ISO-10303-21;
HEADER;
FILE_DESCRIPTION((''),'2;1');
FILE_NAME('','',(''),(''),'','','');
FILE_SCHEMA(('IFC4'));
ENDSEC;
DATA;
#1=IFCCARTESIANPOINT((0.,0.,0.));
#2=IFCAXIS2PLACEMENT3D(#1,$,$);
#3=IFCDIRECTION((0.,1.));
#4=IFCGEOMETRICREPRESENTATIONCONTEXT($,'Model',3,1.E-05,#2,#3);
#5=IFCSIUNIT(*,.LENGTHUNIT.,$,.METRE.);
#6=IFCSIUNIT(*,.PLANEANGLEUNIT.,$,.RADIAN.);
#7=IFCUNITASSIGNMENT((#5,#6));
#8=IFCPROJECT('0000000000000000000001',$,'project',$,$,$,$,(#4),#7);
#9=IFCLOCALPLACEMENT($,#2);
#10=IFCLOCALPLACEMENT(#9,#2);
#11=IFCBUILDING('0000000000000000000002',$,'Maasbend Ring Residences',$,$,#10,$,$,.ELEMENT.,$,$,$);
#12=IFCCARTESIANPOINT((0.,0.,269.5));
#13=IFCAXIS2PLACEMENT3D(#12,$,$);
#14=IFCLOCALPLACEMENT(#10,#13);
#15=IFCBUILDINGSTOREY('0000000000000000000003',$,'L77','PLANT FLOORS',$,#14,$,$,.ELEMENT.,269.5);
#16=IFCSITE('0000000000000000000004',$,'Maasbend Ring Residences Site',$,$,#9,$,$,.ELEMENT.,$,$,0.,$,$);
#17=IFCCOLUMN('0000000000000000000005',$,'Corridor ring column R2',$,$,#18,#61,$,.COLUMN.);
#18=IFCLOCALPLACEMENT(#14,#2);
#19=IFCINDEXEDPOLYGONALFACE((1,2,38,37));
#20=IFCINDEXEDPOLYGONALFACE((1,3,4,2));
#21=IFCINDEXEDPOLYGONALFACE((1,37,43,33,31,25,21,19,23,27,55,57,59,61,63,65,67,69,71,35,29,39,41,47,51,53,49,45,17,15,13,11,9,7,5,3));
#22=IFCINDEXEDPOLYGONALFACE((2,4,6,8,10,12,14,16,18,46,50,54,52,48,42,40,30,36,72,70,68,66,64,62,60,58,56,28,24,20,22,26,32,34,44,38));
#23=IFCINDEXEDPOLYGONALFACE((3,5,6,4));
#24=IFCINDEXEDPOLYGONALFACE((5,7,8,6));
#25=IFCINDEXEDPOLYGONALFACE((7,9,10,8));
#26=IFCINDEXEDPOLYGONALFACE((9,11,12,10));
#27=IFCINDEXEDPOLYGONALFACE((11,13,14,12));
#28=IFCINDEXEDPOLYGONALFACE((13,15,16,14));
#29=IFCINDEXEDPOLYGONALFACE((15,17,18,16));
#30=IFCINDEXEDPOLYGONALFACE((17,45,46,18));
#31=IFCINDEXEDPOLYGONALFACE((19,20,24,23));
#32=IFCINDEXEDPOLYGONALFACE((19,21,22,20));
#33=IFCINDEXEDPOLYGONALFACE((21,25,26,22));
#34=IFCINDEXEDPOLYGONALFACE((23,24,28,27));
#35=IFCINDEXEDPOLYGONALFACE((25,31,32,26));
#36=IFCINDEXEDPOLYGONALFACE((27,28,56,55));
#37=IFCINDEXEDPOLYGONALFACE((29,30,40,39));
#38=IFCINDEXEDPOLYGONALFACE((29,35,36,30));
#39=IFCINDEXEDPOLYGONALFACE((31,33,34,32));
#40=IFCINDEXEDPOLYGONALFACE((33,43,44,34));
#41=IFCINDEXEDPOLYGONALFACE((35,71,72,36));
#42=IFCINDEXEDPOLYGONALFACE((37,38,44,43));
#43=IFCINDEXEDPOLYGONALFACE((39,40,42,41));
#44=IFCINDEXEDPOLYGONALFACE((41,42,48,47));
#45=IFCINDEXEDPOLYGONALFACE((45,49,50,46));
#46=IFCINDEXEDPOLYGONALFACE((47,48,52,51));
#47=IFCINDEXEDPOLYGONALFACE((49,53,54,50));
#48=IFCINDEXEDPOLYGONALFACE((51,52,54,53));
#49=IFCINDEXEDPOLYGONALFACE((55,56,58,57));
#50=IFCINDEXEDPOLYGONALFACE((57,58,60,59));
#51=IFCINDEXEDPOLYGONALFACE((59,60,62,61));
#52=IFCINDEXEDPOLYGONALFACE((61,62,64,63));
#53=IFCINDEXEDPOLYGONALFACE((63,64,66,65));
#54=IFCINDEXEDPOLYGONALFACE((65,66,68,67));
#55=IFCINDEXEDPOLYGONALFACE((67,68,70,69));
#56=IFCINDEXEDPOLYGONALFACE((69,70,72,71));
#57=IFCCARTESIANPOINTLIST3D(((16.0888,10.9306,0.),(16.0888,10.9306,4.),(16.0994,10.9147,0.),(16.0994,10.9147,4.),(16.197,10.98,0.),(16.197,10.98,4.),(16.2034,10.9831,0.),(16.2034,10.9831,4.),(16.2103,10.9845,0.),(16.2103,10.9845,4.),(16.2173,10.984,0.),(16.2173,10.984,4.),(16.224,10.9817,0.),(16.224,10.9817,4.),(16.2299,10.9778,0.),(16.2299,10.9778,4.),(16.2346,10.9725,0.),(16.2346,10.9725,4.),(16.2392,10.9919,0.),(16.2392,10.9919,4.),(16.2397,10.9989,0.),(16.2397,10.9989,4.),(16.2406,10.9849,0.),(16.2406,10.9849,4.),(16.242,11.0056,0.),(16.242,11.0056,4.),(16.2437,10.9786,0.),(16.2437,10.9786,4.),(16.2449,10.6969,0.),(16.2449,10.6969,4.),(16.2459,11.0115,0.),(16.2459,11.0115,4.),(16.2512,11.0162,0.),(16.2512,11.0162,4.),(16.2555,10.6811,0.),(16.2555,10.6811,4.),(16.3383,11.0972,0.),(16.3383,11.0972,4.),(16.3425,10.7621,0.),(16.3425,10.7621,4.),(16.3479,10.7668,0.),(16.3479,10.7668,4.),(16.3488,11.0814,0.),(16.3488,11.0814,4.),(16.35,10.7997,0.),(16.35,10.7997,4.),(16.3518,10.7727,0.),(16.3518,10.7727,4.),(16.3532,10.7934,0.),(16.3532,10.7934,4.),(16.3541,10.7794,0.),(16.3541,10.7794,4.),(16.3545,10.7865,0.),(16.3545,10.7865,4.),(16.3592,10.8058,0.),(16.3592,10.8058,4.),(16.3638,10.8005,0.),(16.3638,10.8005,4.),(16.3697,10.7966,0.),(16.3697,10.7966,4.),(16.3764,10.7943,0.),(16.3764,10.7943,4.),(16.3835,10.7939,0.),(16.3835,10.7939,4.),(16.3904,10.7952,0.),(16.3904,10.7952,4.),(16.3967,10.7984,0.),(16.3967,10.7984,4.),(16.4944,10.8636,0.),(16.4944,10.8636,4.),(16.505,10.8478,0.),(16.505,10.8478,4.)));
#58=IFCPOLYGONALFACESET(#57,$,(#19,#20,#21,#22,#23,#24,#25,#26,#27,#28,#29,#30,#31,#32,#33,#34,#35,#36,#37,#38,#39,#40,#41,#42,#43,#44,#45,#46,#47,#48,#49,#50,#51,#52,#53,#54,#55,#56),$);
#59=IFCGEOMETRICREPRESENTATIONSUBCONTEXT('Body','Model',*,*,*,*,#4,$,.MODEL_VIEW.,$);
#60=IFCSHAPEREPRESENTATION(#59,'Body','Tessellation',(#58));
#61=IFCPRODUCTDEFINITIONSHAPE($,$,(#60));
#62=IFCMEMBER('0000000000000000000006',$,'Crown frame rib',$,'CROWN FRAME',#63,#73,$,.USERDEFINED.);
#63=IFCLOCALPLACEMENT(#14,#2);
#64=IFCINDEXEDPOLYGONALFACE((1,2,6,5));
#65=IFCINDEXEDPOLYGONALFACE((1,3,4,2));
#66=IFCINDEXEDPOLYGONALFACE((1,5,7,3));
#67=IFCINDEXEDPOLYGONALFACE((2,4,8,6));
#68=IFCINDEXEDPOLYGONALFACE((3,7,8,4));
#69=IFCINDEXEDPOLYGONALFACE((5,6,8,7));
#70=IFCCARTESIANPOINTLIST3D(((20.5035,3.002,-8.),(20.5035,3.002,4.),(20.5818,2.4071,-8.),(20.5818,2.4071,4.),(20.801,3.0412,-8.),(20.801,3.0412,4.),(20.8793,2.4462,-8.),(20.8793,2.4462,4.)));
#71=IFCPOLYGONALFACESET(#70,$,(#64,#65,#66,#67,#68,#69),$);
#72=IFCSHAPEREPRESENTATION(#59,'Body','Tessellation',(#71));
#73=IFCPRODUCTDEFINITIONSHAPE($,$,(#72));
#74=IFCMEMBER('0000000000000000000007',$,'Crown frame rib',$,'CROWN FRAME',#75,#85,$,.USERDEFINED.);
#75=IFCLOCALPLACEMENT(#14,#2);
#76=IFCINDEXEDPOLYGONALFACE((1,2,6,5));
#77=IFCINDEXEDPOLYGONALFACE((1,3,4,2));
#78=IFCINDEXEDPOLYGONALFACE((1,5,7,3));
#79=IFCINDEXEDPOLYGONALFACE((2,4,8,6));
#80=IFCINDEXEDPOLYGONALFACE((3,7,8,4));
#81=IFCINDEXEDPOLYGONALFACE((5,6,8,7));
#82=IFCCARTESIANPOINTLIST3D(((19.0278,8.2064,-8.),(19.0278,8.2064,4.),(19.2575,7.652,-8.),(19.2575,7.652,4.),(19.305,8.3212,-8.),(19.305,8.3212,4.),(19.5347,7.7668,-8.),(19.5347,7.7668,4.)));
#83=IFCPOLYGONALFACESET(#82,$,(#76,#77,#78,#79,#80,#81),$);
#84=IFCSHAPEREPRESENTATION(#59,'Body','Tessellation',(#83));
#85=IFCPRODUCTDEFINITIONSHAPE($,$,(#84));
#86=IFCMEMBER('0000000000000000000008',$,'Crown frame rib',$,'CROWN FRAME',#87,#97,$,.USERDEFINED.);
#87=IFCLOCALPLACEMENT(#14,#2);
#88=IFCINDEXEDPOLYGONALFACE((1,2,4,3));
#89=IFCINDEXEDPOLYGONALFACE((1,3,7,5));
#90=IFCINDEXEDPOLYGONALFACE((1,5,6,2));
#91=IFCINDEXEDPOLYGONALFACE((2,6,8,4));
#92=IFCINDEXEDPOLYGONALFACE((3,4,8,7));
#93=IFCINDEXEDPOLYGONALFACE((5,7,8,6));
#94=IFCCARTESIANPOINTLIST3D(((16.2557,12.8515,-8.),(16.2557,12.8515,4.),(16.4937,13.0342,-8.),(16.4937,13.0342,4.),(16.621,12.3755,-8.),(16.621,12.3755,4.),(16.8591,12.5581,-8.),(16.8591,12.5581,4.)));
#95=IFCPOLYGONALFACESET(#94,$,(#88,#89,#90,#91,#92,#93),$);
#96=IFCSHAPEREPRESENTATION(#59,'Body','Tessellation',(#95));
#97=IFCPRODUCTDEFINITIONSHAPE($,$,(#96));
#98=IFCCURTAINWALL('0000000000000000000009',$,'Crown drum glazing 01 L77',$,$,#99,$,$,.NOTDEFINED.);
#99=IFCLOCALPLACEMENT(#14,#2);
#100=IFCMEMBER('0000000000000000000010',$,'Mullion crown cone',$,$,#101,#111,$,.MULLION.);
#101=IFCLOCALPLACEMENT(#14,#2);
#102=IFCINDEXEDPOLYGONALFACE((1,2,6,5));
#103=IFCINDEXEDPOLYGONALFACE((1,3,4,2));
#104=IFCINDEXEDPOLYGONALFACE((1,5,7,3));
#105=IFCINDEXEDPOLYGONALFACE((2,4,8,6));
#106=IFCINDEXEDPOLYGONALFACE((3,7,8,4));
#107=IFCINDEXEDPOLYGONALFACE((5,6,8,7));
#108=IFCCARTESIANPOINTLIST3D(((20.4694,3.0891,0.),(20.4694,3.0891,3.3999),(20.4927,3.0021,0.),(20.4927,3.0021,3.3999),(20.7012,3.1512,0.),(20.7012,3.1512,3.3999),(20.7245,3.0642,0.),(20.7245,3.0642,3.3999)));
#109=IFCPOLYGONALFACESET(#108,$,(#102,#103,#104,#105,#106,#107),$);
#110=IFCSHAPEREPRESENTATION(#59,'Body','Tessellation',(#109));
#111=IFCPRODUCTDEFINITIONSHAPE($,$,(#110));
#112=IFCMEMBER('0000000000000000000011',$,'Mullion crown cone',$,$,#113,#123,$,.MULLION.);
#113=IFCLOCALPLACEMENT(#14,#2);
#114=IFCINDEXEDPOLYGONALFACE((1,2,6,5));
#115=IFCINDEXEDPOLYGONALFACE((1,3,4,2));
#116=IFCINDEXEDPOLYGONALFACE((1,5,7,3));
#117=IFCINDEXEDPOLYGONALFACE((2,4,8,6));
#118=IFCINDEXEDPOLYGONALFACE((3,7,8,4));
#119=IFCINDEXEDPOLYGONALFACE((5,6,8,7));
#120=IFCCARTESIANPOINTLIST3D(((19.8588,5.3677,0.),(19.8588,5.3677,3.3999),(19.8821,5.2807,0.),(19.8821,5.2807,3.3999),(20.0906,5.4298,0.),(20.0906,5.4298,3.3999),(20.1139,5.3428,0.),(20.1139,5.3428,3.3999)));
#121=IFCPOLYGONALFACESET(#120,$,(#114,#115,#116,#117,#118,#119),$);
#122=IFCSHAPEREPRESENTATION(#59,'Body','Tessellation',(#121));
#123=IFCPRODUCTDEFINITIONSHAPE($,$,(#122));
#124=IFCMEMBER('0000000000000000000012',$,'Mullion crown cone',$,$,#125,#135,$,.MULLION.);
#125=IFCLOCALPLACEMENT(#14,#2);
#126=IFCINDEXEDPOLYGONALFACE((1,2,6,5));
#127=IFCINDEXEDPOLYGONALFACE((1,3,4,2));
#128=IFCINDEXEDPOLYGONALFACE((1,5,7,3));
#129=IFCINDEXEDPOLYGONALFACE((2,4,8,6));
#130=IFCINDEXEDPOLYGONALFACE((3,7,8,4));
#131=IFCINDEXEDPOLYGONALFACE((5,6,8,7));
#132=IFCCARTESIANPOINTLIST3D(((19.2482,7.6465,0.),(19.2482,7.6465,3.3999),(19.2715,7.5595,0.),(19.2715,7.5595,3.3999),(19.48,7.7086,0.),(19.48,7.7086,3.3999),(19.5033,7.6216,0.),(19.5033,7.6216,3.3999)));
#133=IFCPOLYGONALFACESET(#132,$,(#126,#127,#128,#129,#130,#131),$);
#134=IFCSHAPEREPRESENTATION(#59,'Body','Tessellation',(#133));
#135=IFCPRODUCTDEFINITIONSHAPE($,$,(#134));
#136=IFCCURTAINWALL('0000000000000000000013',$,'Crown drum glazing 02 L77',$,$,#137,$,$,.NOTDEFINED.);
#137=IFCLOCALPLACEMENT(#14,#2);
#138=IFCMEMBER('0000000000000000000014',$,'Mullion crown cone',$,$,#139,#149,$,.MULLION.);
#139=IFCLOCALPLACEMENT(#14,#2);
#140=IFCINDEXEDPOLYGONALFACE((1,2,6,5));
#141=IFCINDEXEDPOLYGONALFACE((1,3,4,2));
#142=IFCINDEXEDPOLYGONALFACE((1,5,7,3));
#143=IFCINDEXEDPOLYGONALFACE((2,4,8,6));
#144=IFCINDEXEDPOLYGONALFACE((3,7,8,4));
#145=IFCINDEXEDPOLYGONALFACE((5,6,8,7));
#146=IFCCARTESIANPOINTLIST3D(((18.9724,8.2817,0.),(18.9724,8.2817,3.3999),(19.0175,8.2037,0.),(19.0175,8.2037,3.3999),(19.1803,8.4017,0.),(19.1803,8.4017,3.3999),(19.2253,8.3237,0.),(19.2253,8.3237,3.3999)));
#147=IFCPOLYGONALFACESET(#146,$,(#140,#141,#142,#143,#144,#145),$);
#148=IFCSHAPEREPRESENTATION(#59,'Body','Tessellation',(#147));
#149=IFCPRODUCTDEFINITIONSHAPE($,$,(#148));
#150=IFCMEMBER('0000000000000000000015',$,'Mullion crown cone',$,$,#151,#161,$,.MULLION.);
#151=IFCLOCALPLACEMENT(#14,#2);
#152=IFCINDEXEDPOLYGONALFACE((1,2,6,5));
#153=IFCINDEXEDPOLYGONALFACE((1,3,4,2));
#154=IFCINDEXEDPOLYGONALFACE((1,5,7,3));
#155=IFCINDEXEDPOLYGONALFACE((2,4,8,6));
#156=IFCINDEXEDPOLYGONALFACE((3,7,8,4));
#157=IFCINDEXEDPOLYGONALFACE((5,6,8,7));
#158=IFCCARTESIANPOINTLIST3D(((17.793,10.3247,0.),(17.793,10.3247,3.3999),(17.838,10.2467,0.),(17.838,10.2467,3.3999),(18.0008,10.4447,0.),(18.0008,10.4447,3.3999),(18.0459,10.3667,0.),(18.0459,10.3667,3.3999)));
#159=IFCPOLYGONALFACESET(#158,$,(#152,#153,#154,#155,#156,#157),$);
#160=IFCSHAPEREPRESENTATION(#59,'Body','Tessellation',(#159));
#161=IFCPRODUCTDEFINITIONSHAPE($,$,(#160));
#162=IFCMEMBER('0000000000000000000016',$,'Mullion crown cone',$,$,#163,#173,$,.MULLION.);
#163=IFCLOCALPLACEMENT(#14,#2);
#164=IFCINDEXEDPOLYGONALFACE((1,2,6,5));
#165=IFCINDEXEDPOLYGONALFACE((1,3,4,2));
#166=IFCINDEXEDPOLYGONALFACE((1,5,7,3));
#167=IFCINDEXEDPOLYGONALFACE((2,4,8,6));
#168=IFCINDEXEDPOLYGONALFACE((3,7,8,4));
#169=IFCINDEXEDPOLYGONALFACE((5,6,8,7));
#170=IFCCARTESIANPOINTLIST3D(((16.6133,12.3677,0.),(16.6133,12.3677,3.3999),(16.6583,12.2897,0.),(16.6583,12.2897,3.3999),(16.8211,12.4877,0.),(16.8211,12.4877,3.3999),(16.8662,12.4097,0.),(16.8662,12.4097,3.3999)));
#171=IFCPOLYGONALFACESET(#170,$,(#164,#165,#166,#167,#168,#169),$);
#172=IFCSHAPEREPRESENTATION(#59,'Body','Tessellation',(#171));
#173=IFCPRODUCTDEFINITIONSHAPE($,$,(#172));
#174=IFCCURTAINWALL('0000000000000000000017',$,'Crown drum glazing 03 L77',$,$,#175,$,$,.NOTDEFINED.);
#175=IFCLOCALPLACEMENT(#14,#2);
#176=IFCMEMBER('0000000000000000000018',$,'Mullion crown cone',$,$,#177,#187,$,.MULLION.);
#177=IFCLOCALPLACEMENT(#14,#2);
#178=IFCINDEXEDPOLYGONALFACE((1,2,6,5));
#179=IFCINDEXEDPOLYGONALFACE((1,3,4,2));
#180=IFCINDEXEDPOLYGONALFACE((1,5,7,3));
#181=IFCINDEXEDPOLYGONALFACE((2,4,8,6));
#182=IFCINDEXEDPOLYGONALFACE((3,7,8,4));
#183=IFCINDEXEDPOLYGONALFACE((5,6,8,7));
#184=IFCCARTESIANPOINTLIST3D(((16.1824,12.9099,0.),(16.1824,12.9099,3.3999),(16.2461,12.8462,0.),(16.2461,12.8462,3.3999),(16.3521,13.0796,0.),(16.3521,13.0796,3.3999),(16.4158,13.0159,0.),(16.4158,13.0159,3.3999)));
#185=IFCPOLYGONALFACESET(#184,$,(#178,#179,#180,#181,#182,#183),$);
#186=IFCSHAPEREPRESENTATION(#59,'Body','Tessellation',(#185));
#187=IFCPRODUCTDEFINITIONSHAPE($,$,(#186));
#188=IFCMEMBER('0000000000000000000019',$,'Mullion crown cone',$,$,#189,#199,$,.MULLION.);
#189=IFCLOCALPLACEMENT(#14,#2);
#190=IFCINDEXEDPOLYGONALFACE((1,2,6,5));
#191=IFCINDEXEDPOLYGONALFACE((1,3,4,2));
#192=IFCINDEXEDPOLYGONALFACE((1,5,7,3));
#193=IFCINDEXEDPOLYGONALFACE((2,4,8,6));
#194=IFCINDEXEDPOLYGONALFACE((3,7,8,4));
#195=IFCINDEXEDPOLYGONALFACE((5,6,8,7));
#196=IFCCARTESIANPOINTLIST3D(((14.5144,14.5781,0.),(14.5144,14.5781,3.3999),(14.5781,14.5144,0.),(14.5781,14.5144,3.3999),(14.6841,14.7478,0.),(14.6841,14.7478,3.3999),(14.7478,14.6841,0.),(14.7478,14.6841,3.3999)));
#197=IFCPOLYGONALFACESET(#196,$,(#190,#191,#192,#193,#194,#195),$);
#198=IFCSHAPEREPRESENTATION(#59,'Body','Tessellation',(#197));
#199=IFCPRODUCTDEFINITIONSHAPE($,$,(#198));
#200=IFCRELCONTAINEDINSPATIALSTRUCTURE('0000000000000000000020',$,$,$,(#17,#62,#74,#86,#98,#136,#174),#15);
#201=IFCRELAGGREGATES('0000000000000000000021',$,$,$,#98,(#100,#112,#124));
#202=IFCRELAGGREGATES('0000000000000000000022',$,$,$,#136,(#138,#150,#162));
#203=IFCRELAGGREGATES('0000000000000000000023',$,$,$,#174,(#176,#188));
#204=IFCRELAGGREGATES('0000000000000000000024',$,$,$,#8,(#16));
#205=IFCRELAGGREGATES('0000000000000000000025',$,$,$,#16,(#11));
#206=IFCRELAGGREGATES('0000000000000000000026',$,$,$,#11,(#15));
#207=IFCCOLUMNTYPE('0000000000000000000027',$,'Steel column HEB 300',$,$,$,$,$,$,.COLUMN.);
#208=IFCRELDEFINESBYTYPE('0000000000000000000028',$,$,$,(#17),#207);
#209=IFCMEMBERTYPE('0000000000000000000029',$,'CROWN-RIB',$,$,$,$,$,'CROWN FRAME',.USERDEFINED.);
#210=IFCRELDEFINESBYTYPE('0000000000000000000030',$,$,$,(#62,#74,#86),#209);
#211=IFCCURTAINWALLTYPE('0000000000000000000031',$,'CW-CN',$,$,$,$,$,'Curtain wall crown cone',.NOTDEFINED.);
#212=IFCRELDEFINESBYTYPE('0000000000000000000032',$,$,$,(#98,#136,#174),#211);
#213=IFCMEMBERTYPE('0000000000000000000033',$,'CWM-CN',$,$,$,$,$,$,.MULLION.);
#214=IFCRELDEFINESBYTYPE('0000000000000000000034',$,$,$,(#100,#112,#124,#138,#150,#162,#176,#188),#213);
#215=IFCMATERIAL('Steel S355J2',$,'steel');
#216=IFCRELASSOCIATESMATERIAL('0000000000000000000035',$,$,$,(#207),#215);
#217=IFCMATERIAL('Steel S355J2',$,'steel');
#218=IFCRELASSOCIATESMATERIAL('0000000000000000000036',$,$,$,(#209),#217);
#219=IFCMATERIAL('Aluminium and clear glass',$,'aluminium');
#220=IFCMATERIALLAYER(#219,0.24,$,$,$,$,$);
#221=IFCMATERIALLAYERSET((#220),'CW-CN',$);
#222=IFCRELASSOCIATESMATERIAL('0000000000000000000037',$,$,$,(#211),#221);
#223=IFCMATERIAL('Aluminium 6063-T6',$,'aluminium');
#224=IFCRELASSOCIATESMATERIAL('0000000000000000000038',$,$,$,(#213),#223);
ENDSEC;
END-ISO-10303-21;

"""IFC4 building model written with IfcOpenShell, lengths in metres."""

from ifc_helpers import new_model, si_unit, direction, frame, origin, origin_2d, place, context, subcontext, project, spatial, rectangle, i_section, extrude, material, layer, layer_set, material_profile, profile_set, type_object, element, aggregate, save


model = new_model("IFC4")

# Units and contexts
model_context = context("Model", 3, precision=1e-05, world=origin(), true_north=direction((0.0, 1.0)))
body_context = subcontext(model_context, "Body", "Model", "MODEL_VIEW")
ifc_project = project(units=[si_unit("LENGTHUNIT", "METRE"), si_unit("PLANEANGLEUNIT", "RADIAN")], contexts=[model_context])

# Site, building, storey
site_placement = place(None, origin())
site = spatial("IfcSite", under=ifc_project, at=site_placement, Name="Maasbend Ring Residences Site", CompositionType="ELEMENT", RefElevation=0.0)
building_placement = place(site_placement, origin())
building = spatial("IfcBuilding", under=site, at=building_placement, Name="Maasbend Ring Residences", CompositionType="ELEMENT")
storey_placement = place(building_placement, frame((0.0, 0.0, 269.5)))
storey = spatial("IfcBuildingStorey", under=building, at=storey_placement, Name="L77", Description="PLANT FLOORS", CompositionType="ELEMENT", Elevation=269.5)

# Column
ifc_material_1 = material(Name="Steel S355J2", Category="steel")
ifc_material_profile_1 = material_profile(ifc_material_1, i_section(OverallWidth=0.3, OverallDepth=0.3, WebThickness=0.011, FlangeThickness=0.019, FilletRadius=0.0271, at=origin_2d()), Name="HEB 300")
ifc_profile_set_1 = profile_set([ifc_material_profile_1], Name="Steel S355J2")
column_type = type_object("IfcColumnType", Name="Steel column HEB 300", PredefinedType="COLUMN", material=ifc_profile_set_1)
column_placement = place(storey_placement, frame((16.2969, 10.8892, 0.0), z_axis=(0.0, 0.0, 1.0), x_axis=(0.83147, 0.55557, 0.0)))
element("IfcColumn", 1, at=column_placement, inside=storey, type_object=column_type, Name="Corridor ring column R2", PredefinedType="COLUMN", context=body_context, shape_type="SweptSolid", body=[
    extrude(i_section(OverallWidth=0.3, OverallDepth=0.3, WebThickness=0.011, FlangeThickness=0.019, FilletRadius=0.0271, at=origin_2d()), origin(), (0.0, 0.0, 1.0), 4.0),
])

# Members
ifc_material_2 = material(Name="Steel S355J2", Category="steel")
ifc_material_profile_2 = material_profile(ifc_material_2, rectangle(XDim=0.3, YDim=0.6001, at=origin_2d()), Name="Box 300x600x12")
ifc_profile_set_2 = profile_set([ifc_material_profile_2], Name="Steel S355J2")
member_type_1 = type_object("IfcMemberType", Name="CROWN-RIB", ElementType="CROWN FRAME", PredefinedType="USERDEFINED", material=ifc_profile_set_2)
for number, where, z_axis, x_axis, name in (
    (2, (20.6914, 2.7241, -8.0), (0.0, 0.0, 1.0), (0.991445, 0.130526, 0.0), "Crown frame rib"),
    (3, (19.2812, 7.9866, -8.0), (0.0, 0.0, 1.0), (0.92388, 0.382683, 0.0), "Crown frame rib"),
    (4, (16.5574, 12.7048, -8.0), (0.0, 0.0, 1.0), (0.793353, 0.608761, 0.0), "Crown frame rib"),
):
    element("IfcMember", number, at=place(storey_placement, frame(where, z_axis=z_axis, x_axis=x_axis)), inside=storey, type_object=member_type_1, Name=name, ObjectType="CROWN FRAME", PredefinedType="USERDEFINED", context=body_context, shape_type="SweptSolid", body=[
        extrude(rectangle(XDim=0.3, YDim=0.6001, at=origin_2d()), origin(), (0.0, 0.0, 1.0), 12.0),
    ])

# Curtain walls, members
ifc_material_3 = material(Name="Aluminium and clear glass", Category="aluminium")
ifc_layer_1 = layer(ifc_material_3, 0.24)
ifc_layer_set_1 = layer_set([ifc_layer_1], Name="CW-CN")
curtain_wall_type = type_object("IfcCurtainWallType", Name="CW-CN", ElementType="Curtain wall crown cone", PredefinedType="NOTDEFINED", material=ifc_layer_set_1)
curtain_wall_1_placement = place(storey_placement, origin())
curtain_wall_1 = element("IfcCurtainWall", 5, at=curtain_wall_1_placement, inside=storey, type_object=curtain_wall_type, Name="Crown drum glazing 01 L77", PredefinedType="NOTDEFINED")
ifc_material_4 = material(Name="Aluminium 6063-T6", Category="aluminium")
ifc_material_profile_3 = material_profile(ifc_material_4, rectangle(XDim=0.24, YDim=0.0901, at=origin_2d()), Name="AL 240x90")
ifc_profile_set_3 = profile_set([ifc_material_profile_3], Name="Aluminium 6063-T6")
member_type_2 = type_object("IfcMemberType", Name="CWM-CN", PredefinedType="MULLION", material=ifc_profile_set_3)
member_1_placement = place(storey_placement, frame((20.5969, 3.0767, 0.0), z_axis=(0.0, 0.0, 1.0), x_axis=(-0.965926, -0.258819, 0.0)))
member_1 = element("IfcMember", 6, at=member_1_placement, type_object=member_type_2, Name="Mullion crown cone", PredefinedType="MULLION", context=body_context, shape_type="SweptSolid", body=[
    extrude(rectangle(XDim=0.24, YDim=0.0901, at=origin_2d()), origin(), (0.0, 0.0, 1.0), 3.3999),
])
member_2_placement = place(storey_placement, frame((19.9863, 5.3552, 0.0), z_axis=(0.0, 0.0, 1.0), x_axis=(-0.965926, -0.258819, 0.0)))
member_2 = element("IfcMember", 7, at=member_2_placement, type_object=member_type_2, Name="Mullion crown cone", PredefinedType="MULLION", context=body_context, shape_type="SweptSolid", body=[
    extrude(rectangle(XDim=0.24, YDim=0.0901, at=origin_2d()), origin(), (0.0, 0.0, 1.0), 3.3999),
])
member_3_placement = place(storey_placement, frame((19.3757, 7.634, 0.0), z_axis=(0.0, 0.0, 1.0), x_axis=(-0.965926, -0.258819, 0.0)))
member_3 = element("IfcMember", 8, at=member_3_placement, type_object=member_type_2, Name="Mullion crown cone", PredefinedType="MULLION", context=body_context, shape_type="SweptSolid", body=[
    extrude(rectangle(XDim=0.24, YDim=0.0901, at=origin_2d()), origin(), (0.0, 0.0, 1.0), 3.3999),
])
curtain_wall_2_placement = place(storey_placement, origin())
curtain_wall_2 = element("IfcCurtainWall", 9, at=curtain_wall_2_placement, inside=storey, type_object=curtain_wall_type, Name="Crown drum glazing 02 L77", PredefinedType="NOTDEFINED")
member_4_placement = place(storey_placement, frame((19.0989, 8.3027, 0.0), z_axis=(0.0, 0.0, 1.0), x_axis=(-0.866025, -0.5, 0.0)))
member_4 = element("IfcMember", 10, at=member_4_placement, type_object=member_type_2, Name="Mullion crown cone", PredefinedType="MULLION", context=body_context, shape_type="SweptSolid", body=[
    extrude(rectangle(XDim=0.24, YDim=0.0901, at=origin_2d()), origin(), (0.0, 0.0, 1.0), 3.3999),
])
member_5_placement = place(storey_placement, frame((17.9194, 10.3457, 0.0), z_axis=(0.0, 0.0, 1.0), x_axis=(-0.866025, -0.5, 0.0)))
member_5 = element("IfcMember", 11, at=member_5_placement, type_object=member_type_2, Name="Mullion crown cone", PredefinedType="MULLION", context=body_context, shape_type="SweptSolid", body=[
    extrude(rectangle(XDim=0.24, YDim=0.0901, at=origin_2d()), origin(), (0.0, 0.0, 1.0), 3.3999),
])
member_6_placement = place(storey_placement, frame((16.7397, 12.3887, 0.0), z_axis=(0.0, 0.0, 1.0), x_axis=(-0.866025, -0.5, 0.0)))
member_6 = element("IfcMember", 12, at=member_6_placement, type_object=member_type_2, Name="Mullion crown cone", PredefinedType="MULLION", context=body_context, shape_type="SweptSolid", body=[
    extrude(rectangle(XDim=0.24, YDim=0.0901, at=origin_2d()), origin(), (0.0, 0.0, 1.0), 3.3999),
])
curtain_wall_3_placement = place(storey_placement, origin())
curtain_wall_3 = element("IfcCurtainWall", 13, at=curtain_wall_3_placement, inside=storey, type_object=curtain_wall_type, Name="Crown drum glazing 03 L77", PredefinedType="NOTDEFINED")
member_7_placement = place(storey_placement, frame((16.2991, 12.9629, 0.0), z_axis=(0.0, 0.0, 1.0), x_axis=(-0.707107, -0.707107, 0.0)))
member_7 = element("IfcMember", 14, at=member_7_placement, type_object=member_type_2, Name="Mullion crown cone", PredefinedType="MULLION", context=body_context, shape_type="SweptSolid", body=[
    extrude(rectangle(XDim=0.24, YDim=0.0901, at=origin_2d()), origin(), (0.0, 0.0, 1.0), 3.3999),
])
member_8_placement = place(storey_placement, frame((14.6311, 14.6311, 0.0), z_axis=(0.0, 0.0, 1.0), x_axis=(-0.707107, -0.707107, 0.0)))
member_8 = element("IfcMember", 15, at=member_8_placement, type_object=member_type_2, Name="Mullion crown cone", PredefinedType="MULLION", context=body_context, shape_type="SweptSolid", body=[
    extrude(rectangle(XDim=0.24, YDim=0.0901, at=origin_2d()), origin(), (0.0, 0.0, 1.0), 3.3999),
])

aggregate(curtain_wall_1, [member_1, member_2, member_3])
aggregate(curtain_wall_2, [member_4, member_5, member_6])
aggregate(curtain_wall_3, [member_7, member_8])

save(model, "model.ifc")
